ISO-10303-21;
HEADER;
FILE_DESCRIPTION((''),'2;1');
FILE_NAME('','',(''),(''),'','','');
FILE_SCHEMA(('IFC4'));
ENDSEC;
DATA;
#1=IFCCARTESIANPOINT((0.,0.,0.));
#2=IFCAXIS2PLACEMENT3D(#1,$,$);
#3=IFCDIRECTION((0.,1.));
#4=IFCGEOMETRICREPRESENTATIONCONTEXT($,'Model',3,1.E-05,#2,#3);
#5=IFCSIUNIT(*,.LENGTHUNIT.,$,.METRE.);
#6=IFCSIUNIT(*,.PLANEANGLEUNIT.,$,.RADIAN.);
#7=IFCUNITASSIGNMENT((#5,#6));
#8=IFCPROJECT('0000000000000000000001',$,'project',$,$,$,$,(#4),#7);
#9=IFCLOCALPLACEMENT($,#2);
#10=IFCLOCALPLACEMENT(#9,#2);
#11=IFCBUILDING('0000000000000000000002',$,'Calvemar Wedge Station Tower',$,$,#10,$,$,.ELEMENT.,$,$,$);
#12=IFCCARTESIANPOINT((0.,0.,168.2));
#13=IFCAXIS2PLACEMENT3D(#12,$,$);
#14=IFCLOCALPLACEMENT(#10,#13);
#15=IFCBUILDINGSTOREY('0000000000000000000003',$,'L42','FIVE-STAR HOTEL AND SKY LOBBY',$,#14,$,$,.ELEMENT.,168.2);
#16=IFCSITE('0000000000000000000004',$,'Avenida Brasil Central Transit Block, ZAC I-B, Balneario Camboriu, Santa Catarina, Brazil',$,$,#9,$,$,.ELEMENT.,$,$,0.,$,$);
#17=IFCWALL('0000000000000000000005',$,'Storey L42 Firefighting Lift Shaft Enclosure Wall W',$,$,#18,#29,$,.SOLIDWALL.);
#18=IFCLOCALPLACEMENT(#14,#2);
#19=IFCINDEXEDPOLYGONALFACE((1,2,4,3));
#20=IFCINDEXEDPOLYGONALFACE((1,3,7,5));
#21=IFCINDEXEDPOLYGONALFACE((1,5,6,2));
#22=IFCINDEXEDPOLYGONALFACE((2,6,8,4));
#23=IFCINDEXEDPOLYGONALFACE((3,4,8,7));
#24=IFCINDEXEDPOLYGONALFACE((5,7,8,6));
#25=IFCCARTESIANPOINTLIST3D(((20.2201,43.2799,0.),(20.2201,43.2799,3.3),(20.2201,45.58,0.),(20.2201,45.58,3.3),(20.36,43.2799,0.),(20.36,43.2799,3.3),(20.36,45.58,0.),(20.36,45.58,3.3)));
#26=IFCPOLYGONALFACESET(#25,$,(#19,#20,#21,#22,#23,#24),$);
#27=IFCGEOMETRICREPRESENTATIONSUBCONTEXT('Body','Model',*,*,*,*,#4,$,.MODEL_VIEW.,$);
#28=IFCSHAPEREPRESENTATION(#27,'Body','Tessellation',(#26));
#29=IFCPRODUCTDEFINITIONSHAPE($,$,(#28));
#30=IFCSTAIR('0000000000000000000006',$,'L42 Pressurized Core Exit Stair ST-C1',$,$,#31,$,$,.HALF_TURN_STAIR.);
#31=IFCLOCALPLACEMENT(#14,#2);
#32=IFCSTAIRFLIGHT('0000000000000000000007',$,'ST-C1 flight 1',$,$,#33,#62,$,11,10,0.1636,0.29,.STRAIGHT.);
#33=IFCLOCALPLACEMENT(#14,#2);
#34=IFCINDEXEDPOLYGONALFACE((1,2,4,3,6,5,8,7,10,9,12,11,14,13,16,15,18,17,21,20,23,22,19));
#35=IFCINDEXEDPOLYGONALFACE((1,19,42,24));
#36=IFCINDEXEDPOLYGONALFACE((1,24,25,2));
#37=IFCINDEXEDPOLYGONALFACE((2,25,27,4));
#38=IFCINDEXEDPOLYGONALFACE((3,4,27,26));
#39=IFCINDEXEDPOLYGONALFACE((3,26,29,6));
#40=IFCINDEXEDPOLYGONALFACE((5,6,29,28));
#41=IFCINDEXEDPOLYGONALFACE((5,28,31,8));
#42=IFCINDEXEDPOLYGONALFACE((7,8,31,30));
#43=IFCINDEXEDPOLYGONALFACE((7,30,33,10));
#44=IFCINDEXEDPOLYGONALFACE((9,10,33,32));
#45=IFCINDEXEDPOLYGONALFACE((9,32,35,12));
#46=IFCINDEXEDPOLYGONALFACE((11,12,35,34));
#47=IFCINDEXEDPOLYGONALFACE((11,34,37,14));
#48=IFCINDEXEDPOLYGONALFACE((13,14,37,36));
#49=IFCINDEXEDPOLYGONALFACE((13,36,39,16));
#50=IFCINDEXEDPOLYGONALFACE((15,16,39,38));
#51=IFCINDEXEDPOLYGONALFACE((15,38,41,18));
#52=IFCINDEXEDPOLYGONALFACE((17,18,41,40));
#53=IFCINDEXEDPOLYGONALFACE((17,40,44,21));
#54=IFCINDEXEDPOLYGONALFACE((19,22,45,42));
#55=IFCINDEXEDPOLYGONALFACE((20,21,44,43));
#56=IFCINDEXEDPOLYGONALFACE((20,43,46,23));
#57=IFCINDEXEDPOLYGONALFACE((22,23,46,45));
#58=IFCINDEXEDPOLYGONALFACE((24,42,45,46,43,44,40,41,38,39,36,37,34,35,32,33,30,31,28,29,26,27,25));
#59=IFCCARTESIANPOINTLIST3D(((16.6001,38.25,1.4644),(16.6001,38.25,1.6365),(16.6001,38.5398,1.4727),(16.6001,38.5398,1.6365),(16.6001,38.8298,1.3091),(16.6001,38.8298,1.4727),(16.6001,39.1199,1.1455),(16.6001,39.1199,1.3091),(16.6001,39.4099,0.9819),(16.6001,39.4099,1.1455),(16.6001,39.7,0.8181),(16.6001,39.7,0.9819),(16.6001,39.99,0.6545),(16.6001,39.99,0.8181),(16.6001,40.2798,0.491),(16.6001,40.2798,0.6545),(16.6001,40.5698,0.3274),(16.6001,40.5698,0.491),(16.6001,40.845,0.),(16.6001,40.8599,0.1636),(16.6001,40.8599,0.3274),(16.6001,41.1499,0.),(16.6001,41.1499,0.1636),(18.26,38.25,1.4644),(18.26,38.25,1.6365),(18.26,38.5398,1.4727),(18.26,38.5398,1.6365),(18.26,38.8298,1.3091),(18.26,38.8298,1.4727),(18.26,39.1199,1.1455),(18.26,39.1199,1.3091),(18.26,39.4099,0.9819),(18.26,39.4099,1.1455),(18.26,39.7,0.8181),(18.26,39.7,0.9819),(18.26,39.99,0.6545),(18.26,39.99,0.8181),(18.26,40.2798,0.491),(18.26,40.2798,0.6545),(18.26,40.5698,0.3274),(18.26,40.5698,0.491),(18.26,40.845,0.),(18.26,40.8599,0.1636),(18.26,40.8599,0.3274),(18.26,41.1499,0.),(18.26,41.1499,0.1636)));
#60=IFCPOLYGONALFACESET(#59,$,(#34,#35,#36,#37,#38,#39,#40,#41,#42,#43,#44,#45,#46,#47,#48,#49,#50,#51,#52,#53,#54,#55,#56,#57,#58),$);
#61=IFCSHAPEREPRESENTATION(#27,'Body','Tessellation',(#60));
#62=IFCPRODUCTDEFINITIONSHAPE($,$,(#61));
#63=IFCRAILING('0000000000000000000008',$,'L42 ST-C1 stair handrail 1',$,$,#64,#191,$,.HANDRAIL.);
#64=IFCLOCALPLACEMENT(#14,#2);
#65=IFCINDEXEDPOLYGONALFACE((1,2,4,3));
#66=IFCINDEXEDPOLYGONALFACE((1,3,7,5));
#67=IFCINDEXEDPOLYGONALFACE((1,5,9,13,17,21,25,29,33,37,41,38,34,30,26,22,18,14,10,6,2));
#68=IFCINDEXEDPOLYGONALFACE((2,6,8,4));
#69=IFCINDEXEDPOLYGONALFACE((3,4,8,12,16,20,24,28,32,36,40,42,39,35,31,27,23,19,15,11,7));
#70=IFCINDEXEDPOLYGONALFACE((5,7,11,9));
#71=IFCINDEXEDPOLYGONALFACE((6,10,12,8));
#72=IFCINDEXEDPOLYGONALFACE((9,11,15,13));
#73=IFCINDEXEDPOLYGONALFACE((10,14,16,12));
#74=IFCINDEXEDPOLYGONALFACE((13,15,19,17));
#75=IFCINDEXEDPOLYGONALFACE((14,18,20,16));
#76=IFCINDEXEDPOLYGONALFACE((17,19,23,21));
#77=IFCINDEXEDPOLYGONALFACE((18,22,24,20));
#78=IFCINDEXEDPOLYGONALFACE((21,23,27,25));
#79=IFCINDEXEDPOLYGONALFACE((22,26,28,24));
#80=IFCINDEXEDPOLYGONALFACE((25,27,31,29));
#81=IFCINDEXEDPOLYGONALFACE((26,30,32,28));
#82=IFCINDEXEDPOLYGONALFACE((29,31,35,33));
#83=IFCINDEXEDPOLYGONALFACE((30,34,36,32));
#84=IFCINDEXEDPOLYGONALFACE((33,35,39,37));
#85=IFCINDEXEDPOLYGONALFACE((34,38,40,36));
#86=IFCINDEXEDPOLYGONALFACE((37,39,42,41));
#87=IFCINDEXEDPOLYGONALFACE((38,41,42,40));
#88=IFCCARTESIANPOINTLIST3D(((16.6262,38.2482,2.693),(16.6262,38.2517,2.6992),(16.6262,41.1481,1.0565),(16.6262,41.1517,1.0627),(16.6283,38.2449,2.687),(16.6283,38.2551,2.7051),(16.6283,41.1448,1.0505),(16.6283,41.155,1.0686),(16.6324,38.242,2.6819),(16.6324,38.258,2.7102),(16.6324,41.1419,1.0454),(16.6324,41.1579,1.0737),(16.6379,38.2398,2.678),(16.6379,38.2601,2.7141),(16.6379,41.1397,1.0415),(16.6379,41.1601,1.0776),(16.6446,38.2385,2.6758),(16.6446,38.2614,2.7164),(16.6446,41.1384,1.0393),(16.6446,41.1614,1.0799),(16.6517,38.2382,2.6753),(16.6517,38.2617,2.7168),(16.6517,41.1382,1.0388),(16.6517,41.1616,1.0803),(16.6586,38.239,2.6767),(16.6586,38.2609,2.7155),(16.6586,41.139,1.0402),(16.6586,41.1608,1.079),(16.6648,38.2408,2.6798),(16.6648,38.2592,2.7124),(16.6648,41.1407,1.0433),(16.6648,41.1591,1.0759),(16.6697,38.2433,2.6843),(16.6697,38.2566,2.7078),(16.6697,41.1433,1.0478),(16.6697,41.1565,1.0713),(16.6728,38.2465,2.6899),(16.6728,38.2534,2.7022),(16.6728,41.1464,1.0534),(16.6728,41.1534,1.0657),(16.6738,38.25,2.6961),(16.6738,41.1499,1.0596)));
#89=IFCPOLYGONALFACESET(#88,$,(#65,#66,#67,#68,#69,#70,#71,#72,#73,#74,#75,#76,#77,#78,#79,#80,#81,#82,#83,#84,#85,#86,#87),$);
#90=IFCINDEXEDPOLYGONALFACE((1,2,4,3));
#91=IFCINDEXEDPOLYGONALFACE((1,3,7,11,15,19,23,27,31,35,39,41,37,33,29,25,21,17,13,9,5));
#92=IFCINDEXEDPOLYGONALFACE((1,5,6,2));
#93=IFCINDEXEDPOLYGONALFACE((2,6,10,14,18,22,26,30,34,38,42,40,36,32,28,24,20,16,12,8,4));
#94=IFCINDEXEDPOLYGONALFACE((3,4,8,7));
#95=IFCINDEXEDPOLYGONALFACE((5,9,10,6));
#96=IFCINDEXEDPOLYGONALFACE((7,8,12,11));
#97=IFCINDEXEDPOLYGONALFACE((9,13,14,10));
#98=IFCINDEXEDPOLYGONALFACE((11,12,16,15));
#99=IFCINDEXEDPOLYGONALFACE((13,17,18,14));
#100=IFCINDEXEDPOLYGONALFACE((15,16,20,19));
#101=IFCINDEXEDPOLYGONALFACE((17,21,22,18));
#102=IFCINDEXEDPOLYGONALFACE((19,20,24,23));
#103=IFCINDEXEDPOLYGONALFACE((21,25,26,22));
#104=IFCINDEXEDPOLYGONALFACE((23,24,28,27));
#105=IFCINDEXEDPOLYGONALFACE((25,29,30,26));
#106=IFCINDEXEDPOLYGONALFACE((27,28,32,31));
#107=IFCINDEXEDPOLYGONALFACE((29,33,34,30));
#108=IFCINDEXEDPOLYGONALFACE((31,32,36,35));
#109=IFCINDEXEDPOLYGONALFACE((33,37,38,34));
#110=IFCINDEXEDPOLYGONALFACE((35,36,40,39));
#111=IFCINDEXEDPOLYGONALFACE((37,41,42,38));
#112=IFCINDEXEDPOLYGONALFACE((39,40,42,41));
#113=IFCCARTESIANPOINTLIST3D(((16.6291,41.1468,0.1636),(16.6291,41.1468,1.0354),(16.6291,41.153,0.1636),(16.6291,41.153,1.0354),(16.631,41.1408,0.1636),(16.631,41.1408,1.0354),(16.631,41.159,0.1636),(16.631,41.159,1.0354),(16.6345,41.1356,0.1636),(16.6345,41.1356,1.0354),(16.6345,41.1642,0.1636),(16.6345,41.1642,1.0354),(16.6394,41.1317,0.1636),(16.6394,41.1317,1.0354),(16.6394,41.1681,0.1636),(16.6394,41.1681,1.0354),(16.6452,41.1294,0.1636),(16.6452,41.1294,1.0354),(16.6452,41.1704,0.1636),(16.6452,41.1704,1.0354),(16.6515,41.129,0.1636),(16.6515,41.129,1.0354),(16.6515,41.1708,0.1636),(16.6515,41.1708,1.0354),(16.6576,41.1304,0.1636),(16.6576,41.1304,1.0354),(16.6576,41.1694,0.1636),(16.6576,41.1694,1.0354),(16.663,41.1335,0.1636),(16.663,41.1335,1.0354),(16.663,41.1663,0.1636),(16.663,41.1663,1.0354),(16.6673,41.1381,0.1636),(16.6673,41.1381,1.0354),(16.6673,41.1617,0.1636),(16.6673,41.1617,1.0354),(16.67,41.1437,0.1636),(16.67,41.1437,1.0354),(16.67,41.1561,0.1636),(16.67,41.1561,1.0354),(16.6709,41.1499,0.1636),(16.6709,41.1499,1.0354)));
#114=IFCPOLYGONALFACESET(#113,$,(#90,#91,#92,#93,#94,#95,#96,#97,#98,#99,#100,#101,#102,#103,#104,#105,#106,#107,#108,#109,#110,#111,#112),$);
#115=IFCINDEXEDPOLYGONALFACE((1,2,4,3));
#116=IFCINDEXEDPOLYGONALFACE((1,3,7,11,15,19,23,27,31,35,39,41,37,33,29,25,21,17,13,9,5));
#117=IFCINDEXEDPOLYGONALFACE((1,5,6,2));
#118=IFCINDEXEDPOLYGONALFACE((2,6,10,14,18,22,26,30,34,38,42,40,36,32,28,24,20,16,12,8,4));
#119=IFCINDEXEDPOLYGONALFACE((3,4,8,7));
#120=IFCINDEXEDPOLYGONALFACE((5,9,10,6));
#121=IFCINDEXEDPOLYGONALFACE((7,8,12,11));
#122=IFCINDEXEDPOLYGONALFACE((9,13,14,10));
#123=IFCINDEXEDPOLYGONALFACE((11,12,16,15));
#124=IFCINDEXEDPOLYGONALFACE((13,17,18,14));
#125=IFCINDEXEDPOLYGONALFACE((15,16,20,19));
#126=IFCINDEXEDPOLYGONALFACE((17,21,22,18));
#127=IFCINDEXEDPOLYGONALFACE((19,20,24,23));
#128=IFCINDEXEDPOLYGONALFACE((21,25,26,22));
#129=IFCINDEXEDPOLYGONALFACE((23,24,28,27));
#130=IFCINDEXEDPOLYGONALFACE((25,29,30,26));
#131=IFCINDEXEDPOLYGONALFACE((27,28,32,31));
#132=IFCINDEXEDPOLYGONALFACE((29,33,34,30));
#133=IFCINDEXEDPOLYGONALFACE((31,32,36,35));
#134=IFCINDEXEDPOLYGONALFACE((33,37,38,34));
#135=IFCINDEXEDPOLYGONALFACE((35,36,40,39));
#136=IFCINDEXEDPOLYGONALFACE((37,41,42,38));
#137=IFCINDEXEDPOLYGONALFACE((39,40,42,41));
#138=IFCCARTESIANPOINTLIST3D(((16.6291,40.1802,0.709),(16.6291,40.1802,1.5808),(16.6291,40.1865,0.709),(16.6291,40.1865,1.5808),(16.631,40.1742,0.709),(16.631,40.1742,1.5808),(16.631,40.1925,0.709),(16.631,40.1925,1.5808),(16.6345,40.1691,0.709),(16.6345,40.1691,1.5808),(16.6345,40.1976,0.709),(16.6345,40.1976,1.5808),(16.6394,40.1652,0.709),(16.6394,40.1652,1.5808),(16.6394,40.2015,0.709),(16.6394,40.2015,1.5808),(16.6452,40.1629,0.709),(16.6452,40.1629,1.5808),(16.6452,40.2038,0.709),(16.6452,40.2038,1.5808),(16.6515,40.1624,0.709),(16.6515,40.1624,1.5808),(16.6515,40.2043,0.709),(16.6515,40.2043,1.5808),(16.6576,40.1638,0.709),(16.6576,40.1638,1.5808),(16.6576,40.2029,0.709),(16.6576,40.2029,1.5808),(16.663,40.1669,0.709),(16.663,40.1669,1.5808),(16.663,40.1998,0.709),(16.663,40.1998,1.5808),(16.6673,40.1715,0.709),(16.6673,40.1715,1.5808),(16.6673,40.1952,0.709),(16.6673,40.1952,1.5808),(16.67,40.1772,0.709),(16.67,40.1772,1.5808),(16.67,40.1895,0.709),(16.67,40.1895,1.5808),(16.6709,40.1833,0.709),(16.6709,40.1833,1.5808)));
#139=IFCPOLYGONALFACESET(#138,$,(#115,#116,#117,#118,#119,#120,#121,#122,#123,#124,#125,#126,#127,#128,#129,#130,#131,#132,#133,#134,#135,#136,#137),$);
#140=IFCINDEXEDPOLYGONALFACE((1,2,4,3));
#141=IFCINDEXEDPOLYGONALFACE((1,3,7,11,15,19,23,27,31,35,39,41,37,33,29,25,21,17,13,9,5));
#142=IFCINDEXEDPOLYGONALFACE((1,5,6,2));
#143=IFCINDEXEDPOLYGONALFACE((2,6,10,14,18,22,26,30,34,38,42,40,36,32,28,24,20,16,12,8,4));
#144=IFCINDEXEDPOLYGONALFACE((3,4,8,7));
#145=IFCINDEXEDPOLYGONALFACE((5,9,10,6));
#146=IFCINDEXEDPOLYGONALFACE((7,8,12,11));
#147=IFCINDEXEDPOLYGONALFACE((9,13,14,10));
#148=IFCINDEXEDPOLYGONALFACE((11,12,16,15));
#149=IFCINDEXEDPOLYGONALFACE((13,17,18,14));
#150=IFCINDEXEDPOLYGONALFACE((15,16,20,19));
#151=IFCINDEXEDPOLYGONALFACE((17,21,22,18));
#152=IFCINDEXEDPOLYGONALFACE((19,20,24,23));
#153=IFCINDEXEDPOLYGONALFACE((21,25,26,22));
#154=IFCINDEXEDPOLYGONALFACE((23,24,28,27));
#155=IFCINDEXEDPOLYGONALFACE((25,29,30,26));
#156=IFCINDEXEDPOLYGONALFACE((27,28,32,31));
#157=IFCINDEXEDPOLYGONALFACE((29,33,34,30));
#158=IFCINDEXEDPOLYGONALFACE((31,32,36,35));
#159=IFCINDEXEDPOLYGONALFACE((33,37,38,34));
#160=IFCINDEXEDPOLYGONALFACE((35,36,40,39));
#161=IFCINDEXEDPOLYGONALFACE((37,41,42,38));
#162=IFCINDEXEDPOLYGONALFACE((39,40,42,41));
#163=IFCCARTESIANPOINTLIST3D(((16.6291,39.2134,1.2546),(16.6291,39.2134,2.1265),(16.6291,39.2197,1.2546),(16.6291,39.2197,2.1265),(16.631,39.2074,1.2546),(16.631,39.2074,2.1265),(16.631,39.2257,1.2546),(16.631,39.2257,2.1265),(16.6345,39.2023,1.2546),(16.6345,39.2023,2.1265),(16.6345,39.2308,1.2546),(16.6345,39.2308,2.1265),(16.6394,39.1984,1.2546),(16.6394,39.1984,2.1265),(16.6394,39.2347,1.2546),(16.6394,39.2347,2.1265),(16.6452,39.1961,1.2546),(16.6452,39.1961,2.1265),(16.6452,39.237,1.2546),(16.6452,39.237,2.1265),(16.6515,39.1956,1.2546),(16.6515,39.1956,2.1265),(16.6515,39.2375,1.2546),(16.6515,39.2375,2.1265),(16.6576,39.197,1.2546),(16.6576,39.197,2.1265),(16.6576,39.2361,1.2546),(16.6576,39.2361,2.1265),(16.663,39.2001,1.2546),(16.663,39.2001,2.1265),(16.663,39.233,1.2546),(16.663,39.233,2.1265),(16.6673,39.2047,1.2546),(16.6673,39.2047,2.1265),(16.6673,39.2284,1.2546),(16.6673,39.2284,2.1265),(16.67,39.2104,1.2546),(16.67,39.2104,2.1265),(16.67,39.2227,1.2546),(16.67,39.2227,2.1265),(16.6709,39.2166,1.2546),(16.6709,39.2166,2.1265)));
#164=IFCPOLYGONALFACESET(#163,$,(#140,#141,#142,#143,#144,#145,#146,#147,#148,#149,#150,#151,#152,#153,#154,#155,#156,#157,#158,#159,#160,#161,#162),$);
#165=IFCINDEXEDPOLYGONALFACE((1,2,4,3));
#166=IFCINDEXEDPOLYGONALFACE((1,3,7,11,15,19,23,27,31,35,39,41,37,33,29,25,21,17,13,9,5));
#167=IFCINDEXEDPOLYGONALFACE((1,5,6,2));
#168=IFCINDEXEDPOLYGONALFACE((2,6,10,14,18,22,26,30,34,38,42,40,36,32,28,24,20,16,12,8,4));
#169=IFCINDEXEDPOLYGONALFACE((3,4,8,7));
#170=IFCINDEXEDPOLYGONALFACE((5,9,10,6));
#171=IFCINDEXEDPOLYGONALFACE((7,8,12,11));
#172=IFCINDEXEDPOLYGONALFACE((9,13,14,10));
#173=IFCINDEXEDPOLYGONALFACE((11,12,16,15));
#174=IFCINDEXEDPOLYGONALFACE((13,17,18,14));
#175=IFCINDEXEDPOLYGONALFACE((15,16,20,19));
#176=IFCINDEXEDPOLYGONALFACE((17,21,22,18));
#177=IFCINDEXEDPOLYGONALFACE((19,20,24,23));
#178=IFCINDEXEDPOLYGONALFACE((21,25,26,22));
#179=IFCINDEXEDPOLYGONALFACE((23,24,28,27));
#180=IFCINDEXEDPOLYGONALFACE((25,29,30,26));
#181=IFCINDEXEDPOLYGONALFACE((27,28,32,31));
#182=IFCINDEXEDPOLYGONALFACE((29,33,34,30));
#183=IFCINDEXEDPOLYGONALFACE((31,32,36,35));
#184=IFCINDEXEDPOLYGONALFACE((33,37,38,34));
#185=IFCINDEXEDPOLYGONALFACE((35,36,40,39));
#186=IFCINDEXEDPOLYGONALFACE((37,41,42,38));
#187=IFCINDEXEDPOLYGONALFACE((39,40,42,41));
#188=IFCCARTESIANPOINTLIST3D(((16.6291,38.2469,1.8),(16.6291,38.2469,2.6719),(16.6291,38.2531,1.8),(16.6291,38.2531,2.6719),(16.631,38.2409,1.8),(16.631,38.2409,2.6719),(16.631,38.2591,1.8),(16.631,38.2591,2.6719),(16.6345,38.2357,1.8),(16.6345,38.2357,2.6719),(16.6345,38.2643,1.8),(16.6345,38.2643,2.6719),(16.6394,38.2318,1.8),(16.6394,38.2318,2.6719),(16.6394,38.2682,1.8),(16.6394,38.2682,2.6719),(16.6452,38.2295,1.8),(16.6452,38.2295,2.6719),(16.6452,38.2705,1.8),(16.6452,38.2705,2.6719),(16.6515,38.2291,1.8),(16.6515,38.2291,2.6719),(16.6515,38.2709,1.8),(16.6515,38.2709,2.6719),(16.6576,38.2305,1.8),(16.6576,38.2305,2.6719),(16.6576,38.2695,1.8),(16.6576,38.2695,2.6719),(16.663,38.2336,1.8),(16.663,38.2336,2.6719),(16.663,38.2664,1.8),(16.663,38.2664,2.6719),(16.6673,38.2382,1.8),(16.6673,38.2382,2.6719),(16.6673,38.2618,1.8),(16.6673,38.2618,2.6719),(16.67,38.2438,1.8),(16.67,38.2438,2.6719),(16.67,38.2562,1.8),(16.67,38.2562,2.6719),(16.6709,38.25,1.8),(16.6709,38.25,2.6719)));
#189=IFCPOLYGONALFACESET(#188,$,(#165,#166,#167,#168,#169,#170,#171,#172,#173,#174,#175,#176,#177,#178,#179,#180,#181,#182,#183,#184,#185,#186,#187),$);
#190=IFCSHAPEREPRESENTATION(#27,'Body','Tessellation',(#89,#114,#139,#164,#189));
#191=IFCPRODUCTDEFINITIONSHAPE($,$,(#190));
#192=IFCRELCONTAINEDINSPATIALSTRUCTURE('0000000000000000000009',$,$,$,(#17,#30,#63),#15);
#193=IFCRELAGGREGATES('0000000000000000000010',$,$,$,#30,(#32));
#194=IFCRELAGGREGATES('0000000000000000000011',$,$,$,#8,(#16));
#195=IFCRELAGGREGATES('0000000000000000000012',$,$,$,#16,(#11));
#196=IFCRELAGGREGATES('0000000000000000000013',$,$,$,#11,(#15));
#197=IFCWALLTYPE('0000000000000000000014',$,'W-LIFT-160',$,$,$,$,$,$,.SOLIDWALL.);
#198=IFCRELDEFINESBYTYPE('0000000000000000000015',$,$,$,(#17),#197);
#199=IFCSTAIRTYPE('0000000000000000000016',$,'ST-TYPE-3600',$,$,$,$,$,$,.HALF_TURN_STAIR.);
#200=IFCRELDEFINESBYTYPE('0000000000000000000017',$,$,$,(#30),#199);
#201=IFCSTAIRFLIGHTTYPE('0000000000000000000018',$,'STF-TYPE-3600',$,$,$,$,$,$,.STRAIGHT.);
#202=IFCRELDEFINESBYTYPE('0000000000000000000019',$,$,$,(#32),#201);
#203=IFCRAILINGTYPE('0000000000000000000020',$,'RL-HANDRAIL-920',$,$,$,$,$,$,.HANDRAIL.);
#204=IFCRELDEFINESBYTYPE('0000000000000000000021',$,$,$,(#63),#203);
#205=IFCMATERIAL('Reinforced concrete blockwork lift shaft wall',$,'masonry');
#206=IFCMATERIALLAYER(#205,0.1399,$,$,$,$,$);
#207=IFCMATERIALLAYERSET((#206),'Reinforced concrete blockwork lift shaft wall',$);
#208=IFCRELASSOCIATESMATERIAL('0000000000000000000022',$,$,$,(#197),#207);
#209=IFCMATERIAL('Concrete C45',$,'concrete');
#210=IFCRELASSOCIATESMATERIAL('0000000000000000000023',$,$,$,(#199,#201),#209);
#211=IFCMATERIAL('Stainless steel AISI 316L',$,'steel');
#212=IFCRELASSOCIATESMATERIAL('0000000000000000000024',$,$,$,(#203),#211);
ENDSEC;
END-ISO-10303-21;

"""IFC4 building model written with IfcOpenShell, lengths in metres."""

from ifc_helpers import new_model, si_unit, direction, frame, frame_2d, origin, origin_2d, place, context, subcontext, project, spatial, polyline, rectangle, circle, outline, extrude, material, layer, layer_set, type_object, element, aggregate, save


model = new_model("IFC4")

# Units and contexts
model_context = context("Model", 3, precision=1e-05, world=origin(), true_north=direction((0.0, 1.0)))
body_context = subcontext(model_context, "Body", "Model", "MODEL_VIEW")
ifc_project = project(units=[si_unit("LENGTHUNIT", "METRE"), si_unit("PLANEANGLEUNIT", "RADIAN")], contexts=[model_context])

# Site, building, storey
site_placement = place(None, origin())
site = spatial("IfcSite", under=ifc_project, at=site_placement, Name="Avenida Brasil Central Transit Block, ZAC I-B, Balneario Camboriu, Santa Catarina, Brazil", CompositionType="ELEMENT", RefElevation=0.0)
building_placement = place(site_placement, origin())
building = spatial("IfcBuilding", under=site, at=building_placement, Name="Calvemar Wedge Station Tower", CompositionType="ELEMENT")
storey_placement = place(building_placement, frame((0.0, 0.0, 168.2)))
storey = spatial("IfcBuildingStorey", under=building, at=storey_placement, Name="L42", Description="FIVE-STAR HOTEL AND SKY LOBBY", CompositionType="ELEMENT", Elevation=168.2)

# Shared definitions
ifc_material_1 = material(Name="Reinforced concrete blockwork lift shaft wall", Category="masonry")
ifc_layer_1 = layer(ifc_material_1, 0.1399)
ifc_layer_set_1 = layer_set([ifc_layer_1], Name="Reinforced concrete blockwork lift shaft wall")
wall_type_1 = type_object("IfcWallType", Name="W-LIFT-160", PredefinedType="SOLIDWALL", material=ifc_layer_set_1)

# Wall
wall_1_placement = place(storey_placement, frame((20.29, 43.28, 0.0), z_axis=(0.0, 0.0, 1.0), x_axis=(0.0, 1.0, 0.0)))
element("IfcWall", 1, at=wall_1_placement, inside=storey, type_object=wall_type_1, Name="Storey L42 Firefighting Lift Shaft Enclosure Wall W", PredefinedType="SOLIDWALL", context=body_context, shape_type="SweptSolid", body=[
    extrude(rectangle(XDim=2.3, YDim=0.1399, at=frame_2d((1.1499, 0.0))), origin(), (0.0, 0.0, 1.0), 3.3),
])

# Stair, stair flight
ifc_material_2 = material(Name="Concrete C45", Category="concrete")
stair_type = type_object("IfcStairType", Name="ST-TYPE-3600", PredefinedType="HALF_TURN_STAIR", material=ifc_material_2)
stair_placement = place(storey_placement, origin())
stair = element("IfcStair", 2, at=stair_placement, inside=storey, type_object=stair_type, Name="L42 Pressurized Core Exit Stair ST-C1", PredefinedType="HALF_TURN_STAIR")
stair_flight_type = type_object("IfcStairFlightType", Name="STF-TYPE-3600", PredefinedType="STRAIGHT", material=ifc_material_2)
stair_flight_placement = place(storey_placement, frame((17.4299, 41.1499, 0.0), z_axis=(0.0, 0.0, 1.0), x_axis=(0.0, -1.0, 0.0)))
stair_flight = element("IfcStairFlight", 3, at=stair_flight_placement, type_object=stair_flight_type, Name="ST-C1 flight 1", NumberOfRisers=11, NumberOfTreads=10, PredefinedType="STRAIGHT", RiserHeight=0.1636, TreadLength=0.29, context=body_context, shape_type="SweptSolid", body=[
    extrude(outline(polyline([(0.0, 0.0), (0.0, 0.1636), (0.29, 0.1636), (0.29, 0.3274), (0.5801, 0.3274), (0.5801, 0.491), (0.8701, 0.491), (0.8701, 0.6545), (1.1599, 0.6545), (1.1599, 0.8181), (1.45, 0.8181), (1.45, 0.9819), (1.74, 0.9819), (1.74, 1.1455), (2.03, 1.1455), (2.03, 1.3091), (2.3201, 1.3091), (2.3201, 1.4727), (2.6101, 1.4727), (2.6101, 1.6365), (2.8999, 1.6365), (2.8999, 1.8), (2.8999, 1.4644), (0.3049, 0.0), (0.0, 0.0)])), frame((0.0, 0.8301, 0.0), z_axis=(0.0, -1.0, 0.0), x_axis=(1.0, 0.0, 0.0)), (0.0, 0.0, 1.0), 1.6599),
])
aggregate(stair, [stair_flight])

# Railing
ifc_material_3 = material(Name="Stainless steel AISI 316L", Category="steel")
railing_type_1 = type_object("IfcRailingType", Name="RL-HANDRAIL-920", PredefinedType="HANDRAIL", material=ifc_material_3)
railing_1_placement = place(storey_placement, frame((16.6499, 41.1499, 0.1636)))
element("IfcRailing", 4, at=railing_1_placement, inside=storey, type_object=railing_type_1, Name="L42 ST-C1 stair handrail 1", PredefinedType="HANDRAIL", context=body_context, shape_type="SweptSolid", body=[
    extrude(circle(Radius=0.0239, at=origin_2d()), frame((0.0, 0.0, 0.896), z_axis=(0.0, -0.870897, 0.491465), x_axis=(1.0, 0.0, 0.0)), (0.0, 0.0, 1.0), 3.3298),
    extrude(circle(Radius=0.021, at=origin_2d()), origin(), (0.0, 0.0, 1.0), 0.8718),
    extrude(circle(Radius=0.021, at=origin_2d()), frame((0.0, -0.9666, 0.5454)), (0.0, 0.0, 1.0), 0.8718),
    extrude(circle(Radius=0.021, at=origin_2d()), frame((0.0, -1.9333, 1.0911)), (0.0, 0.0, 1.0), 0.8718),
    extrude(circle(Radius=0.021, at=origin_2d()), frame((0.0, -2.8999, 1.6365)), (0.0, 0.0, 1.0), 0.8718),
])

save(model, "model.ifc")
